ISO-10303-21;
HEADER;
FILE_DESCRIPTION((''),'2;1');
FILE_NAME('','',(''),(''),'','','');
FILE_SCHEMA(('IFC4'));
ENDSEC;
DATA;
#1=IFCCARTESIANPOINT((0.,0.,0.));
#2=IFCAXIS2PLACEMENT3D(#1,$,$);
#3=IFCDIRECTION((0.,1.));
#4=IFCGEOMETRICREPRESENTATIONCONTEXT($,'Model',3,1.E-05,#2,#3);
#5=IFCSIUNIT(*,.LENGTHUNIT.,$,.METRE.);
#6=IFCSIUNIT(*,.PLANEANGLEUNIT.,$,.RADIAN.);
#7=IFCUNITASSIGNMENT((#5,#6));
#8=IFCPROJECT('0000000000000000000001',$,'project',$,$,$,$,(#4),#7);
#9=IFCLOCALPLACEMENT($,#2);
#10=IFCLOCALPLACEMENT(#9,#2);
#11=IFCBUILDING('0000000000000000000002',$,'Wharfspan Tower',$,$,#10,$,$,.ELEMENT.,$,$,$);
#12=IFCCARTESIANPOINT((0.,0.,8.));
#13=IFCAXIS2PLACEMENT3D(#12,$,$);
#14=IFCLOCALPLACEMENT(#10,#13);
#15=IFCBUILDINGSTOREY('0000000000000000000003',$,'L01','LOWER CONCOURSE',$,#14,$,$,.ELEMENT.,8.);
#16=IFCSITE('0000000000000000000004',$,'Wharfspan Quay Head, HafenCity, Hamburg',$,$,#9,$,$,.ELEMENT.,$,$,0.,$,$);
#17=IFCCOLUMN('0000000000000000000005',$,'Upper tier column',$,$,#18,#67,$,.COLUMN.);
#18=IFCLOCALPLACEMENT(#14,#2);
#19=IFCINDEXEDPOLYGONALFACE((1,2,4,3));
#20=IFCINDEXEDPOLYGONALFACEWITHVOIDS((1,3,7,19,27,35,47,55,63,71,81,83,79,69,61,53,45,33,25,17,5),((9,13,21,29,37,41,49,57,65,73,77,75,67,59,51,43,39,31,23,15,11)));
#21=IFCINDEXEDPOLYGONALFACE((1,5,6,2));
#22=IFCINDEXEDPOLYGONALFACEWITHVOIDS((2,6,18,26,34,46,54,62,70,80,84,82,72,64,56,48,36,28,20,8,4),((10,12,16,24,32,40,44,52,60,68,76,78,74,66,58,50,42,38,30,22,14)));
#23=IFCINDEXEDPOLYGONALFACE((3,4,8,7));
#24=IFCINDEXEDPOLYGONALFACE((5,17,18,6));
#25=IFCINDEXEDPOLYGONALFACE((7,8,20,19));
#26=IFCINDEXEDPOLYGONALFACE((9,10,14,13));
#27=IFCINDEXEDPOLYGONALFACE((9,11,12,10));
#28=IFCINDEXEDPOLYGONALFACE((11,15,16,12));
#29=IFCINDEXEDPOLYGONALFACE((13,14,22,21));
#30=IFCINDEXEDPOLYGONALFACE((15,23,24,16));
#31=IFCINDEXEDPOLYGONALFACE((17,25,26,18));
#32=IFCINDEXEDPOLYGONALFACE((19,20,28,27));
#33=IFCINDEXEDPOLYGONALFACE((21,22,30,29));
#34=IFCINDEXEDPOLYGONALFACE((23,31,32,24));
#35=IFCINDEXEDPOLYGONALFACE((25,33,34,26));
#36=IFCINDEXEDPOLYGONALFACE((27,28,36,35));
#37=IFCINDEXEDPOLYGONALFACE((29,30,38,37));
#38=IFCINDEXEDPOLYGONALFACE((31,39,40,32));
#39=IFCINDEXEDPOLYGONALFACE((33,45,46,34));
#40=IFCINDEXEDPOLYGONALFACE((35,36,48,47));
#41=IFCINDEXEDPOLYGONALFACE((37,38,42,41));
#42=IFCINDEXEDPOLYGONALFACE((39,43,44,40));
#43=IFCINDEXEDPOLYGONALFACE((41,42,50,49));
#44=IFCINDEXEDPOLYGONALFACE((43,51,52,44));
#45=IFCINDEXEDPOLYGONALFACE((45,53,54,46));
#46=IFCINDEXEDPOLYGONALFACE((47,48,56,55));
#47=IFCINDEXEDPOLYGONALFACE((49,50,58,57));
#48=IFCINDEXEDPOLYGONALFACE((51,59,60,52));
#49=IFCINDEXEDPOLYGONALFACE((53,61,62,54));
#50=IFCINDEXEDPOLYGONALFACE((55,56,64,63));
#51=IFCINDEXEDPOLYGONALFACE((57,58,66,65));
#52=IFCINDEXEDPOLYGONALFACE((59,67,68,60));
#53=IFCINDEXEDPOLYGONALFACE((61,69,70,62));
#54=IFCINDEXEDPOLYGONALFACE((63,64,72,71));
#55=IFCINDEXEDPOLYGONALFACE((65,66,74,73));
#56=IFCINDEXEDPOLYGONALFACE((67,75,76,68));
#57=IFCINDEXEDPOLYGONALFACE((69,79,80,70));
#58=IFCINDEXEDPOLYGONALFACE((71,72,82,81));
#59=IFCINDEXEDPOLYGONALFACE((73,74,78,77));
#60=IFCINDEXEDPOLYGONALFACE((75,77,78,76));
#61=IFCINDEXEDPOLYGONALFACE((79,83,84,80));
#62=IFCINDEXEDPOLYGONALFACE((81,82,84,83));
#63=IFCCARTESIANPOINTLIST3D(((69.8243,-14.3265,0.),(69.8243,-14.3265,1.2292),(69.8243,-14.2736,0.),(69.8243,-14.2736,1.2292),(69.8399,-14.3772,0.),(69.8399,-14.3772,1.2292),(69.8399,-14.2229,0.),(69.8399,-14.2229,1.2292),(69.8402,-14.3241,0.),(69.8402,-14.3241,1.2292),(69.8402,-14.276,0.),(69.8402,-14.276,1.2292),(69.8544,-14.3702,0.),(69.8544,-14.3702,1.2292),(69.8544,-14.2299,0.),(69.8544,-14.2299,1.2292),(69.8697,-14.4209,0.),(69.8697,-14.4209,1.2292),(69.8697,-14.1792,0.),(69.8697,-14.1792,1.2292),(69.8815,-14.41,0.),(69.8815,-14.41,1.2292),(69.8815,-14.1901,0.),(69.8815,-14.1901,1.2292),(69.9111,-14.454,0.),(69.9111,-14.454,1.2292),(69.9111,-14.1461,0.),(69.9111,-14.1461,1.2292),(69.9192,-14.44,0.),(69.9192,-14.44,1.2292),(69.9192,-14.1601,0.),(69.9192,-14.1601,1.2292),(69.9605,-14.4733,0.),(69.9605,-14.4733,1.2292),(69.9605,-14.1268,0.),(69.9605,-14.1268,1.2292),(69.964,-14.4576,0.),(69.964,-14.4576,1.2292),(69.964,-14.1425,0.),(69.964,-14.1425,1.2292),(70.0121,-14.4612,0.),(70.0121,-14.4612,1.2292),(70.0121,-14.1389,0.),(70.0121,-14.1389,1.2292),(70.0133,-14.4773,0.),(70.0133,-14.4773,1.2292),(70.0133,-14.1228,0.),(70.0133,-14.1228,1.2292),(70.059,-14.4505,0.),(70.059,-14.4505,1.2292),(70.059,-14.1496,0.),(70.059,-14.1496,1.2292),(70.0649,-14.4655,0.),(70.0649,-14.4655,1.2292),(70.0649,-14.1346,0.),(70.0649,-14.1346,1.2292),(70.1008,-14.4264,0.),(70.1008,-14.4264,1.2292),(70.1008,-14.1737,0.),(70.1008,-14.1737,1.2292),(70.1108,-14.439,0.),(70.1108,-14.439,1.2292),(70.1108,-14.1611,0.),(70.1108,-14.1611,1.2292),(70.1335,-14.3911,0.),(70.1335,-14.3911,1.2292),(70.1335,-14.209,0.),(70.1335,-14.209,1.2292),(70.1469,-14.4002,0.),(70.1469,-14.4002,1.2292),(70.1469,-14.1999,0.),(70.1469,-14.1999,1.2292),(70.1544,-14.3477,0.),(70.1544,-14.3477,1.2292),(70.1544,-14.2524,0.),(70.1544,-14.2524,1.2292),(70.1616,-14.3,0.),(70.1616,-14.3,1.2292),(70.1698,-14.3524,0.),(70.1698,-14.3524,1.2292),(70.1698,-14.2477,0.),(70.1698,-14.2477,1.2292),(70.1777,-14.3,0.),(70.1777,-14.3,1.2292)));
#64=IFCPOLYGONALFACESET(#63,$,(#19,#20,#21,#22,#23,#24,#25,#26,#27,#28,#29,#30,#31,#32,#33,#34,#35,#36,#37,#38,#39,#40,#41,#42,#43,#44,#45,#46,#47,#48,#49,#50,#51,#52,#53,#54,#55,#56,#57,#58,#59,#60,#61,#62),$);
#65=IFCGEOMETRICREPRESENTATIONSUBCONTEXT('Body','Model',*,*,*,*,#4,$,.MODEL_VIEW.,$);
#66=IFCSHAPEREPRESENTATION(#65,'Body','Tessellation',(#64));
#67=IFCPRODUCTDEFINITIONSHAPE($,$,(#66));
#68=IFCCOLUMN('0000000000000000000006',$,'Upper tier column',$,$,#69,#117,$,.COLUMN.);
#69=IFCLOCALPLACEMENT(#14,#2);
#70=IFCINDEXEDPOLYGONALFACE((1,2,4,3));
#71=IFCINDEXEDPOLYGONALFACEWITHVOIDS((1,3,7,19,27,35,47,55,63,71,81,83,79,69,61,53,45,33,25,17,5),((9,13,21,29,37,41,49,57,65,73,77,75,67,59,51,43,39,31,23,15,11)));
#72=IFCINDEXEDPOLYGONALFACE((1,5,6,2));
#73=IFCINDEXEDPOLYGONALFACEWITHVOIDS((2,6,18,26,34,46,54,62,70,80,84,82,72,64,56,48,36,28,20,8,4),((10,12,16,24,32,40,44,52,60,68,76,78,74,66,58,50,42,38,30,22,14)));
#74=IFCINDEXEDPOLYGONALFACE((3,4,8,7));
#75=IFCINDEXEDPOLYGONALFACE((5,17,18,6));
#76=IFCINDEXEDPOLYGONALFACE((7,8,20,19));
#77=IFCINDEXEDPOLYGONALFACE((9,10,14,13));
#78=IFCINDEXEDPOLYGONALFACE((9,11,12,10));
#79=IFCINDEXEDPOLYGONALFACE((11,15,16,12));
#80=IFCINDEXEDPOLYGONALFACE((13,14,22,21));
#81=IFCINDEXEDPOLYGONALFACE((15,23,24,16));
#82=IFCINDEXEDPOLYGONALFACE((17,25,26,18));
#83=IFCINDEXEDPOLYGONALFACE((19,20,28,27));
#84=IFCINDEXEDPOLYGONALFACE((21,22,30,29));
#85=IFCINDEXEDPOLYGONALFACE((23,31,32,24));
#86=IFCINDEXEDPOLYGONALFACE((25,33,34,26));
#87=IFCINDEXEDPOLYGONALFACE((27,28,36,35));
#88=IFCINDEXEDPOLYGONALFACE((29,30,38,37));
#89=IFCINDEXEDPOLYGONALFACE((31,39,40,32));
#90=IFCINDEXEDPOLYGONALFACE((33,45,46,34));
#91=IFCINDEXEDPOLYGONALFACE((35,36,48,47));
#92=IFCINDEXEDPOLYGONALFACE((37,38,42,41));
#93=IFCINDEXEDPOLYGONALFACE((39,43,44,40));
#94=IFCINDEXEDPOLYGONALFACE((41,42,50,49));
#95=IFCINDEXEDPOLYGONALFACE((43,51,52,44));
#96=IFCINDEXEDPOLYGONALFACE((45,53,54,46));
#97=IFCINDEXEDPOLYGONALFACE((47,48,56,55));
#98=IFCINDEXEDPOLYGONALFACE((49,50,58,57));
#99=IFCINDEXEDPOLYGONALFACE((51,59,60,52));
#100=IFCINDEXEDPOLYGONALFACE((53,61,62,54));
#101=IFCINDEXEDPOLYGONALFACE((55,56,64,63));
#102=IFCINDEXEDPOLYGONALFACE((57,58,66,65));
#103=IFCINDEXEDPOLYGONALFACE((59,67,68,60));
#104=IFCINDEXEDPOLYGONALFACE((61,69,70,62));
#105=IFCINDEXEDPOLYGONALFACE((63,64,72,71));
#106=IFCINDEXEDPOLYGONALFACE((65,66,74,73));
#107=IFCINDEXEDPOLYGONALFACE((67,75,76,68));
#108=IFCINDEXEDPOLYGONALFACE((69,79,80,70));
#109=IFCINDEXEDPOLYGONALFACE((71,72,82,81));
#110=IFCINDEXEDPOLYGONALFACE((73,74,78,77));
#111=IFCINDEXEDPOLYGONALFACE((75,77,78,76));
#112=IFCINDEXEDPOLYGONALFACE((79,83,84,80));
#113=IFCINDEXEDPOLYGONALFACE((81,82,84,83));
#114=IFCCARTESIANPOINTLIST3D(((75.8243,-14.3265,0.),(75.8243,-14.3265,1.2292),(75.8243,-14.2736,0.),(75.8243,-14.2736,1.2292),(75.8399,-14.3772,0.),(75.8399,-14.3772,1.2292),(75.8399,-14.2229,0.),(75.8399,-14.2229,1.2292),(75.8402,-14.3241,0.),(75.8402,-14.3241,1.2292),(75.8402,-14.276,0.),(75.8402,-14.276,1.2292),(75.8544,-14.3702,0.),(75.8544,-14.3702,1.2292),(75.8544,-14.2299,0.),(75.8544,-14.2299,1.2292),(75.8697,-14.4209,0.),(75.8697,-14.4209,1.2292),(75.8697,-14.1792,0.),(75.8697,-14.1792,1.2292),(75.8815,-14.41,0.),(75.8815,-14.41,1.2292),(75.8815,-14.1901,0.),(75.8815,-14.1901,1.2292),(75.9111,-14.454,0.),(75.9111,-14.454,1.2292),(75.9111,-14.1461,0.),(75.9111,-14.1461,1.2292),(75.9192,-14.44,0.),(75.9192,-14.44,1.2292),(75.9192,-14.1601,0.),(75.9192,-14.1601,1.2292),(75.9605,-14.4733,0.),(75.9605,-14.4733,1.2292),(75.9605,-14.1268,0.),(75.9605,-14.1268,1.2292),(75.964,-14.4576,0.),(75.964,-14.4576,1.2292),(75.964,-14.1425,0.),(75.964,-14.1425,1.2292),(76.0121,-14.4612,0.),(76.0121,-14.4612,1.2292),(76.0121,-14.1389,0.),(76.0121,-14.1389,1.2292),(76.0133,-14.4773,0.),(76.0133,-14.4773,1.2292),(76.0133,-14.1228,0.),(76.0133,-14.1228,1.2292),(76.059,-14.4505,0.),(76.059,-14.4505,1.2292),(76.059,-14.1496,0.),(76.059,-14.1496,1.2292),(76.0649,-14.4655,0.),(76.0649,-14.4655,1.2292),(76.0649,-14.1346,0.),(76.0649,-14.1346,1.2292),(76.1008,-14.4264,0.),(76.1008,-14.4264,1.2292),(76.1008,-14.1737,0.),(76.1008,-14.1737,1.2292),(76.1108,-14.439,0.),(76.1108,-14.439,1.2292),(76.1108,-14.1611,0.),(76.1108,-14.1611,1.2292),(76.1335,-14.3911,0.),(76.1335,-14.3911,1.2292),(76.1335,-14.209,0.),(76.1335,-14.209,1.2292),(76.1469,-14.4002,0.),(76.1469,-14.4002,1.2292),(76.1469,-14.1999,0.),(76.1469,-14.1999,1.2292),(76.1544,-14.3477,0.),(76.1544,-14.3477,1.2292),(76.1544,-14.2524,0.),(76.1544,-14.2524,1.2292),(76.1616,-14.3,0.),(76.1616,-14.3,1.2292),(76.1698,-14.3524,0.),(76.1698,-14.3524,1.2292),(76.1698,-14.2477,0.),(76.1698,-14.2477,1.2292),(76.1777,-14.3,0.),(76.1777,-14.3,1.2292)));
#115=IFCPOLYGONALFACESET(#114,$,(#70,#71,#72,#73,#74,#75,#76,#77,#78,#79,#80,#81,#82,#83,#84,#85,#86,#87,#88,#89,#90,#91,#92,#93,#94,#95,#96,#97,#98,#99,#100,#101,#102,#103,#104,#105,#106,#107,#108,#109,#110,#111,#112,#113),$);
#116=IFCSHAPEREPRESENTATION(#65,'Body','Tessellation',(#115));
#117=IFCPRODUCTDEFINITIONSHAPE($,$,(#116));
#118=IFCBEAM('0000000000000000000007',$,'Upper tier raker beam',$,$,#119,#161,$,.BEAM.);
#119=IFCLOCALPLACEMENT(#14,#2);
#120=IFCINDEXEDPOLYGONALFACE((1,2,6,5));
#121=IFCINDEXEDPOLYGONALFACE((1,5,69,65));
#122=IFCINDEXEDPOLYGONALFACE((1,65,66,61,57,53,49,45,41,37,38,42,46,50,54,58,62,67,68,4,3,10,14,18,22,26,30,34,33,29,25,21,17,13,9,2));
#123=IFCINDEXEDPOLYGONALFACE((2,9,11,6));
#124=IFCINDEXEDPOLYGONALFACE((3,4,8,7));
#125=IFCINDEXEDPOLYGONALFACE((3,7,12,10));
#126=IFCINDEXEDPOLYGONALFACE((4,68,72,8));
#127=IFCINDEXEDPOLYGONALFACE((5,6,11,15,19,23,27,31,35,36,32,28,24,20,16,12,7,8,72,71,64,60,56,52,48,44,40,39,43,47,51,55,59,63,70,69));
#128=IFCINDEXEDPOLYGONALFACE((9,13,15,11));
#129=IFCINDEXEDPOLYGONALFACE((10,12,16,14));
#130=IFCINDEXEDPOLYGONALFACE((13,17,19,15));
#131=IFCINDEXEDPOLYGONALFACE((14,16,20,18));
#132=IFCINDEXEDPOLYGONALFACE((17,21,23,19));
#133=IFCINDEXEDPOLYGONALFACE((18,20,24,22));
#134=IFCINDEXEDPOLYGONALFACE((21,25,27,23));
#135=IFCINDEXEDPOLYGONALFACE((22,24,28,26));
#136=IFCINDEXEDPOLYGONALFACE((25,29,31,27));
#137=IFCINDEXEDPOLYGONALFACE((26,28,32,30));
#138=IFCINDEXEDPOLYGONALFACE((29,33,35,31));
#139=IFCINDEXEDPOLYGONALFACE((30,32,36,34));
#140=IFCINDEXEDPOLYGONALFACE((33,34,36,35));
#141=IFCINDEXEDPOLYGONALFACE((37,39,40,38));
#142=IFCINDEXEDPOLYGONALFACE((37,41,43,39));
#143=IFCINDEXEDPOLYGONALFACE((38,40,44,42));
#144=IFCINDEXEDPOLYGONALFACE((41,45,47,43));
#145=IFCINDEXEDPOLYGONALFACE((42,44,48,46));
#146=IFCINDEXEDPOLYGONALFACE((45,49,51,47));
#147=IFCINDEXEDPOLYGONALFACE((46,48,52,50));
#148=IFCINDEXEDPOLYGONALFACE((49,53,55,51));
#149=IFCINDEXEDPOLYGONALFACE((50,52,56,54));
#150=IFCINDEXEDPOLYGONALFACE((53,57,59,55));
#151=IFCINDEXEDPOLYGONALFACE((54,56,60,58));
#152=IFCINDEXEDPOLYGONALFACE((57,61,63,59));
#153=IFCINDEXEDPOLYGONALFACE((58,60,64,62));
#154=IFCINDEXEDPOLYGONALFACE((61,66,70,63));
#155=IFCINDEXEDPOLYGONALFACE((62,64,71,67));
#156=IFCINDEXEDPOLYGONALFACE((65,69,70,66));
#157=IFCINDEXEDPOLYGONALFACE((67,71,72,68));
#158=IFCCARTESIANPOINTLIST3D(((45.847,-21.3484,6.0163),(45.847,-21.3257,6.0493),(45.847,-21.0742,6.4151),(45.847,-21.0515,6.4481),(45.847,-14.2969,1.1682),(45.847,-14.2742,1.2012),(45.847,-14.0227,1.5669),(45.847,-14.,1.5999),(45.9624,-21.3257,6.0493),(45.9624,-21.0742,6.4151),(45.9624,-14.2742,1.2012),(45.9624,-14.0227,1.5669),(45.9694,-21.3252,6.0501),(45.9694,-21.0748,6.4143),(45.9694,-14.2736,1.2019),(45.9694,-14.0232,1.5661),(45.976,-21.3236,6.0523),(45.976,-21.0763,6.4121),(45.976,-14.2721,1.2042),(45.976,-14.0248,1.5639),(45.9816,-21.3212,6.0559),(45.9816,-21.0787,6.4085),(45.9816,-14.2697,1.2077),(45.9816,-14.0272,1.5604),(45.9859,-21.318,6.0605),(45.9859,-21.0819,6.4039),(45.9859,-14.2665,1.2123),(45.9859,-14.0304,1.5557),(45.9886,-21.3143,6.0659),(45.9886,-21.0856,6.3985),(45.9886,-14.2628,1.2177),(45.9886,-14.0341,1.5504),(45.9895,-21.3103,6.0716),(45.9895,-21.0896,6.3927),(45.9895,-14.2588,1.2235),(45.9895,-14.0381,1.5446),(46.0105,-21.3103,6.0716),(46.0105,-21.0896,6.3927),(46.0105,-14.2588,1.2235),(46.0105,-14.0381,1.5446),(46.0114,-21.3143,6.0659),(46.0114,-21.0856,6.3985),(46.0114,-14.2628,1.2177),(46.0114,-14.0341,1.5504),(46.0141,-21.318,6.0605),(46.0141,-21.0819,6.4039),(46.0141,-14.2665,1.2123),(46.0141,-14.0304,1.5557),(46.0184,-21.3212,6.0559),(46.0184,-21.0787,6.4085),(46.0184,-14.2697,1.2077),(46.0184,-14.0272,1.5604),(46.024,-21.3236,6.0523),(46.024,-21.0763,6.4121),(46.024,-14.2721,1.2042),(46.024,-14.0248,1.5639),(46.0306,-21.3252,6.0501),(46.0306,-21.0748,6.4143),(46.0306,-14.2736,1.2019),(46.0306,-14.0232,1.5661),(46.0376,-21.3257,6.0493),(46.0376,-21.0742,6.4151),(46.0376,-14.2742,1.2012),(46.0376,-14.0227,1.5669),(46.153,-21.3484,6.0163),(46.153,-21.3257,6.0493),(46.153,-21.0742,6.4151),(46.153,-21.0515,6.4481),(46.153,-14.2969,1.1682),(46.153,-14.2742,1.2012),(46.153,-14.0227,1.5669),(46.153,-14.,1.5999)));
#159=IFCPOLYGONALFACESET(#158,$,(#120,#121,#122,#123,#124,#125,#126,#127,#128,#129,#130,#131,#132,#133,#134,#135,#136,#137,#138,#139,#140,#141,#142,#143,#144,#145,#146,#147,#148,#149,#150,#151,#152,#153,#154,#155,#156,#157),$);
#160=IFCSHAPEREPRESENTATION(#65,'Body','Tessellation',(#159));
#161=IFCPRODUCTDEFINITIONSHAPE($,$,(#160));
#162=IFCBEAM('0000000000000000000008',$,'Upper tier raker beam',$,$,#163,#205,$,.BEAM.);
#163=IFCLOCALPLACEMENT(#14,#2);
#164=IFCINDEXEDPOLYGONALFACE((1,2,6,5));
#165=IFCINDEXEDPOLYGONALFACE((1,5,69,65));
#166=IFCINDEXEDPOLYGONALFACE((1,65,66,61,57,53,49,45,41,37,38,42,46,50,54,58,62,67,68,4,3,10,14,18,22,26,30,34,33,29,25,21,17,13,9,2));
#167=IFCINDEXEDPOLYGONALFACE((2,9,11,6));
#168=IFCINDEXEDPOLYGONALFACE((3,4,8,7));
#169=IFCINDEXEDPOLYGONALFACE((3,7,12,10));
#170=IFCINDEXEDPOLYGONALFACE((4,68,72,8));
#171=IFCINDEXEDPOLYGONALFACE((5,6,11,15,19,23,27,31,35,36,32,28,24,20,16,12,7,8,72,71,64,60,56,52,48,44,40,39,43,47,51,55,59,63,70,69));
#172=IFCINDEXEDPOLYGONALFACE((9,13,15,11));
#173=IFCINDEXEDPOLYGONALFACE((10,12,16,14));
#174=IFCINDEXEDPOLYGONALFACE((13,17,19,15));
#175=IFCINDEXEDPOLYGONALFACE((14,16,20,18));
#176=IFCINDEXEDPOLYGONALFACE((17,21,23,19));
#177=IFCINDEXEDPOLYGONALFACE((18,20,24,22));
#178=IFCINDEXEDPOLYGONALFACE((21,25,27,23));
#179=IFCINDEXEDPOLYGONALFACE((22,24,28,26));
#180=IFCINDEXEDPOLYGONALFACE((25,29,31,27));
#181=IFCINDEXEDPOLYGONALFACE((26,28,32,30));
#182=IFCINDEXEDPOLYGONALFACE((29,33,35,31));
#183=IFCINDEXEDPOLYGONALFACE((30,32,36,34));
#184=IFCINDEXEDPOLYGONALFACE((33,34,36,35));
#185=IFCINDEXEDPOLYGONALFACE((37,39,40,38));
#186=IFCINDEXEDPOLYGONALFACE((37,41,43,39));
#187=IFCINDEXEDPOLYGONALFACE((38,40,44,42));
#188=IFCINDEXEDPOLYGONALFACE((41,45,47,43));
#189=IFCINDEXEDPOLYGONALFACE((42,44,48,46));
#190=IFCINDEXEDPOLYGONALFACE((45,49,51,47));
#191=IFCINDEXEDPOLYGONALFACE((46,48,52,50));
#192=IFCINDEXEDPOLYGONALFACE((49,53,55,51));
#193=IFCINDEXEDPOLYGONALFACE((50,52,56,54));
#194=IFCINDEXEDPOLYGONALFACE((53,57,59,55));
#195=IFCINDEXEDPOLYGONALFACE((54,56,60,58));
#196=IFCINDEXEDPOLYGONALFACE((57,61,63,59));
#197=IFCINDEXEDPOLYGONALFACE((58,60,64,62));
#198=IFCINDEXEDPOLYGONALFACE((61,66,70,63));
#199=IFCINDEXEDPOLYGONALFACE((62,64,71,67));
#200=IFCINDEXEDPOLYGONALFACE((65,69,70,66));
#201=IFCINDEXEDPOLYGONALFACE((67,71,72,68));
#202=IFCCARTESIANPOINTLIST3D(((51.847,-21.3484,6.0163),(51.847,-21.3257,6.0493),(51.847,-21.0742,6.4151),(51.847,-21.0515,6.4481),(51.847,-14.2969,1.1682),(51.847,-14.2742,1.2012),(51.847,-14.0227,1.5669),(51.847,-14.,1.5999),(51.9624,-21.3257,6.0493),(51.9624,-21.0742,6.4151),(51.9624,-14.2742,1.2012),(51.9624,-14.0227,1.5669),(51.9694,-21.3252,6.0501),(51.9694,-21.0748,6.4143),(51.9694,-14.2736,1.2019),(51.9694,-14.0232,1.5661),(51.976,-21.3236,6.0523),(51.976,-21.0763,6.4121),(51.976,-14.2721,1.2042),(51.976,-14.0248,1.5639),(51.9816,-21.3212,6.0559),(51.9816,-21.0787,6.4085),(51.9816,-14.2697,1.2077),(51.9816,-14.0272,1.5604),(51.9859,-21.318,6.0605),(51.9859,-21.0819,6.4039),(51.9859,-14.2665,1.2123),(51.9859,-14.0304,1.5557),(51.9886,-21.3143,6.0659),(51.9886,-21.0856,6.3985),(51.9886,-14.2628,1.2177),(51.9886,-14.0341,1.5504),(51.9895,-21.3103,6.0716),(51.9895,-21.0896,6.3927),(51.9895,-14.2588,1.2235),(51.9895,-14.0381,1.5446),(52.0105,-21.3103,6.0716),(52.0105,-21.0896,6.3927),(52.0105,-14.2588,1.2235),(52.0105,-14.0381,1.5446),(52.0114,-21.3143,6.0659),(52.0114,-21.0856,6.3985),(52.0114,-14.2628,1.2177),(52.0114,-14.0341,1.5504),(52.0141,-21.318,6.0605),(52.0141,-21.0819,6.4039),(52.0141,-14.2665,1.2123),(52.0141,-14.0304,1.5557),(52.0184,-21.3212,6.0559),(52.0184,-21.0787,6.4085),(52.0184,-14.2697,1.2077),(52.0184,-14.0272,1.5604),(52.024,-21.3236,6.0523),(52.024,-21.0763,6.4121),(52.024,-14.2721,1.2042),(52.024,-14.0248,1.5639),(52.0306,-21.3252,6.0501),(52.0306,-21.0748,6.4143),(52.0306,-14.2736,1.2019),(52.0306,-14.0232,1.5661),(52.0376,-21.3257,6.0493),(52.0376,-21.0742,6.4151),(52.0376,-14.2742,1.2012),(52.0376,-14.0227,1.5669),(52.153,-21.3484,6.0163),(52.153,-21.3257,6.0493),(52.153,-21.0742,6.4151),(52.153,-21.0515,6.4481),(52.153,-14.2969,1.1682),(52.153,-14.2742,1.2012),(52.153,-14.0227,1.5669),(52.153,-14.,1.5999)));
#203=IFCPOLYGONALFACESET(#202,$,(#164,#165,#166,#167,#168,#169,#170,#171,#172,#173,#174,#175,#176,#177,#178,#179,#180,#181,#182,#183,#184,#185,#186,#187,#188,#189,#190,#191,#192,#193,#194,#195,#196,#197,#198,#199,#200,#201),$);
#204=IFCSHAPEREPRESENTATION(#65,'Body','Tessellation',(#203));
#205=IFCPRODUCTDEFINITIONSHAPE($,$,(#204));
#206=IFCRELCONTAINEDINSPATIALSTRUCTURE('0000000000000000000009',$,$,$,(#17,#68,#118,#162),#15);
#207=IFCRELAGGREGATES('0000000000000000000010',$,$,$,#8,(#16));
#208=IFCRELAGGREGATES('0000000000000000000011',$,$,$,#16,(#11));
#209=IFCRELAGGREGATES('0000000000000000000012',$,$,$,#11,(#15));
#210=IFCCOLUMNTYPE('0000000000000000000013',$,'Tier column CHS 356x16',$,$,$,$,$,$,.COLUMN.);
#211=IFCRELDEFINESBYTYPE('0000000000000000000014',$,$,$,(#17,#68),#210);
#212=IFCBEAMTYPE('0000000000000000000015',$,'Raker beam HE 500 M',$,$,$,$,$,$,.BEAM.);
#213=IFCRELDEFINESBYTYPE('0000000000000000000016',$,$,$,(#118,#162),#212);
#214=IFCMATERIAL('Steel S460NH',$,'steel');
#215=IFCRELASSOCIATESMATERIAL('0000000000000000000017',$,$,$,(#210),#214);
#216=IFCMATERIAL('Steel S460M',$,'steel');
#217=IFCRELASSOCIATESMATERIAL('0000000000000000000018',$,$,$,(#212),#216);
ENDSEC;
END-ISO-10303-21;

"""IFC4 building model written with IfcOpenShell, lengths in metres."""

from ifc_helpers import new_model, si_unit, direction, frame, origin, origin_2d, place, context, subcontext, project, spatial, hollow_circle, i_section, extrude, material, material_profile, profile_set, type_object, element, save


model = new_model("IFC4")

# Units and contexts
model_context = context("Model", 3, precision=1e-05, world=origin(), true_north=direction((0.0, 1.0)))
body_context = subcontext(model_context, "Body", "Model", "MODEL_VIEW")
ifc_project = project(units=[si_unit("LENGTHUNIT", "METRE"), si_unit("PLANEANGLEUNIT", "RADIAN")], contexts=[model_context])

# Site, building, storey
site_placement = place(None, origin())
site = spatial("IfcSite", under=ifc_project, at=site_placement, Name="Wharfspan Quay Head, HafenCity, Hamburg", CompositionType="ELEMENT", RefElevation=0.0)
building_placement = place(site_placement, origin())
building = spatial("IfcBuilding", under=site, at=building_placement, Name="Wharfspan Tower", CompositionType="ELEMENT")
storey_placement = place(building_placement, frame((0.0, 0.0, 8.0)))
storey = spatial("IfcBuildingStorey", under=building, at=storey_placement, Name="L01", Description="LOWER CONCOURSE", CompositionType="ELEMENT", Elevation=8.0)

# Columns
ifc_material_1 = material(Name="Steel S460NH", Category="steel")
ifc_material_profile_1 = material_profile(ifc_material_1, hollow_circle(Radius=0.1777, WallThickness=0.0161, at=origin_2d()))
ifc_profile_set_1 = profile_set([ifc_material_profile_1], Name="Steel S460NH")
column_type = type_object("IfcColumnType", Name="Tier column CHS 356x16", PredefinedType="COLUMN", material=ifc_profile_set_1)
for number, where, z_axis, x_axis, name in (
    (1, (70.0, -14.3, 0.0), (0.0, 0.0, 1.0), (1.0, 0.0, 0.0), "Upper tier column"),
    (2, (76.0, -14.3, 0.0), (0.0, 0.0, 1.0), (1.0, 0.0, 0.0), "Upper tier column"),
):
    element("IfcColumn", number, at=place(storey_placement, frame(where, z_axis=z_axis, x_axis=x_axis)), inside=storey, type_object=column_type, Name=name, PredefinedType="COLUMN", context=body_context, shape_type="SweptSolid", body=[
        extrude(hollow_circle(Radius=0.1777, WallThickness=0.0161, at=origin_2d()), origin(), (0.0, 0.0, 1.0), 1.2292),
    ])

# Beams
ifc_material_2 = material(Name="Steel S460M", Category="steel")
ifc_material_profile_2 = material_profile(ifc_material_2, i_section(OverallWidth=0.3059, OverallDepth=0.5239, WebThickness=0.021, FlangeThickness=0.04, FilletRadius=0.0271, at=origin_2d()))
ifc_profile_set_2 = profile_set([ifc_material_profile_2], Name="Steel S460M")
beam_type_1 = type_object("IfcBeamType", Name="Raker beam HE 500 M", PredefinedType="BEAM", material=ifc_profile_set_2)
for number, where, z_axis, x_axis, name in (
    (3, (46.0, -14.1484, 1.384), (0.0, -0.824029, 0.566547), (1.0, 0.0, 0.0), "Upper tier raker beam"),
    (4, (52.0, -14.1484, 1.384), (0.0, -0.824029, 0.566547), (1.0, 0.0, 0.0), "Upper tier raker beam"),
):
    element("IfcBeam", number, at=place(storey_placement, frame(where, z_axis=z_axis, x_axis=x_axis)), inside=storey, type_object=beam_type_1, Name=name, PredefinedType="BEAM", context=body_context, shape_type="SweptSolid", body=[
        extrude(i_section(OverallWidth=0.3059, OverallDepth=0.5239, WebThickness=0.021, FlangeThickness=0.04, FilletRadius=0.0271, at=origin_2d()), origin(), (0.0, 0.0, 1.0), 8.5574),
    ])

save(model, "model.ifc")
